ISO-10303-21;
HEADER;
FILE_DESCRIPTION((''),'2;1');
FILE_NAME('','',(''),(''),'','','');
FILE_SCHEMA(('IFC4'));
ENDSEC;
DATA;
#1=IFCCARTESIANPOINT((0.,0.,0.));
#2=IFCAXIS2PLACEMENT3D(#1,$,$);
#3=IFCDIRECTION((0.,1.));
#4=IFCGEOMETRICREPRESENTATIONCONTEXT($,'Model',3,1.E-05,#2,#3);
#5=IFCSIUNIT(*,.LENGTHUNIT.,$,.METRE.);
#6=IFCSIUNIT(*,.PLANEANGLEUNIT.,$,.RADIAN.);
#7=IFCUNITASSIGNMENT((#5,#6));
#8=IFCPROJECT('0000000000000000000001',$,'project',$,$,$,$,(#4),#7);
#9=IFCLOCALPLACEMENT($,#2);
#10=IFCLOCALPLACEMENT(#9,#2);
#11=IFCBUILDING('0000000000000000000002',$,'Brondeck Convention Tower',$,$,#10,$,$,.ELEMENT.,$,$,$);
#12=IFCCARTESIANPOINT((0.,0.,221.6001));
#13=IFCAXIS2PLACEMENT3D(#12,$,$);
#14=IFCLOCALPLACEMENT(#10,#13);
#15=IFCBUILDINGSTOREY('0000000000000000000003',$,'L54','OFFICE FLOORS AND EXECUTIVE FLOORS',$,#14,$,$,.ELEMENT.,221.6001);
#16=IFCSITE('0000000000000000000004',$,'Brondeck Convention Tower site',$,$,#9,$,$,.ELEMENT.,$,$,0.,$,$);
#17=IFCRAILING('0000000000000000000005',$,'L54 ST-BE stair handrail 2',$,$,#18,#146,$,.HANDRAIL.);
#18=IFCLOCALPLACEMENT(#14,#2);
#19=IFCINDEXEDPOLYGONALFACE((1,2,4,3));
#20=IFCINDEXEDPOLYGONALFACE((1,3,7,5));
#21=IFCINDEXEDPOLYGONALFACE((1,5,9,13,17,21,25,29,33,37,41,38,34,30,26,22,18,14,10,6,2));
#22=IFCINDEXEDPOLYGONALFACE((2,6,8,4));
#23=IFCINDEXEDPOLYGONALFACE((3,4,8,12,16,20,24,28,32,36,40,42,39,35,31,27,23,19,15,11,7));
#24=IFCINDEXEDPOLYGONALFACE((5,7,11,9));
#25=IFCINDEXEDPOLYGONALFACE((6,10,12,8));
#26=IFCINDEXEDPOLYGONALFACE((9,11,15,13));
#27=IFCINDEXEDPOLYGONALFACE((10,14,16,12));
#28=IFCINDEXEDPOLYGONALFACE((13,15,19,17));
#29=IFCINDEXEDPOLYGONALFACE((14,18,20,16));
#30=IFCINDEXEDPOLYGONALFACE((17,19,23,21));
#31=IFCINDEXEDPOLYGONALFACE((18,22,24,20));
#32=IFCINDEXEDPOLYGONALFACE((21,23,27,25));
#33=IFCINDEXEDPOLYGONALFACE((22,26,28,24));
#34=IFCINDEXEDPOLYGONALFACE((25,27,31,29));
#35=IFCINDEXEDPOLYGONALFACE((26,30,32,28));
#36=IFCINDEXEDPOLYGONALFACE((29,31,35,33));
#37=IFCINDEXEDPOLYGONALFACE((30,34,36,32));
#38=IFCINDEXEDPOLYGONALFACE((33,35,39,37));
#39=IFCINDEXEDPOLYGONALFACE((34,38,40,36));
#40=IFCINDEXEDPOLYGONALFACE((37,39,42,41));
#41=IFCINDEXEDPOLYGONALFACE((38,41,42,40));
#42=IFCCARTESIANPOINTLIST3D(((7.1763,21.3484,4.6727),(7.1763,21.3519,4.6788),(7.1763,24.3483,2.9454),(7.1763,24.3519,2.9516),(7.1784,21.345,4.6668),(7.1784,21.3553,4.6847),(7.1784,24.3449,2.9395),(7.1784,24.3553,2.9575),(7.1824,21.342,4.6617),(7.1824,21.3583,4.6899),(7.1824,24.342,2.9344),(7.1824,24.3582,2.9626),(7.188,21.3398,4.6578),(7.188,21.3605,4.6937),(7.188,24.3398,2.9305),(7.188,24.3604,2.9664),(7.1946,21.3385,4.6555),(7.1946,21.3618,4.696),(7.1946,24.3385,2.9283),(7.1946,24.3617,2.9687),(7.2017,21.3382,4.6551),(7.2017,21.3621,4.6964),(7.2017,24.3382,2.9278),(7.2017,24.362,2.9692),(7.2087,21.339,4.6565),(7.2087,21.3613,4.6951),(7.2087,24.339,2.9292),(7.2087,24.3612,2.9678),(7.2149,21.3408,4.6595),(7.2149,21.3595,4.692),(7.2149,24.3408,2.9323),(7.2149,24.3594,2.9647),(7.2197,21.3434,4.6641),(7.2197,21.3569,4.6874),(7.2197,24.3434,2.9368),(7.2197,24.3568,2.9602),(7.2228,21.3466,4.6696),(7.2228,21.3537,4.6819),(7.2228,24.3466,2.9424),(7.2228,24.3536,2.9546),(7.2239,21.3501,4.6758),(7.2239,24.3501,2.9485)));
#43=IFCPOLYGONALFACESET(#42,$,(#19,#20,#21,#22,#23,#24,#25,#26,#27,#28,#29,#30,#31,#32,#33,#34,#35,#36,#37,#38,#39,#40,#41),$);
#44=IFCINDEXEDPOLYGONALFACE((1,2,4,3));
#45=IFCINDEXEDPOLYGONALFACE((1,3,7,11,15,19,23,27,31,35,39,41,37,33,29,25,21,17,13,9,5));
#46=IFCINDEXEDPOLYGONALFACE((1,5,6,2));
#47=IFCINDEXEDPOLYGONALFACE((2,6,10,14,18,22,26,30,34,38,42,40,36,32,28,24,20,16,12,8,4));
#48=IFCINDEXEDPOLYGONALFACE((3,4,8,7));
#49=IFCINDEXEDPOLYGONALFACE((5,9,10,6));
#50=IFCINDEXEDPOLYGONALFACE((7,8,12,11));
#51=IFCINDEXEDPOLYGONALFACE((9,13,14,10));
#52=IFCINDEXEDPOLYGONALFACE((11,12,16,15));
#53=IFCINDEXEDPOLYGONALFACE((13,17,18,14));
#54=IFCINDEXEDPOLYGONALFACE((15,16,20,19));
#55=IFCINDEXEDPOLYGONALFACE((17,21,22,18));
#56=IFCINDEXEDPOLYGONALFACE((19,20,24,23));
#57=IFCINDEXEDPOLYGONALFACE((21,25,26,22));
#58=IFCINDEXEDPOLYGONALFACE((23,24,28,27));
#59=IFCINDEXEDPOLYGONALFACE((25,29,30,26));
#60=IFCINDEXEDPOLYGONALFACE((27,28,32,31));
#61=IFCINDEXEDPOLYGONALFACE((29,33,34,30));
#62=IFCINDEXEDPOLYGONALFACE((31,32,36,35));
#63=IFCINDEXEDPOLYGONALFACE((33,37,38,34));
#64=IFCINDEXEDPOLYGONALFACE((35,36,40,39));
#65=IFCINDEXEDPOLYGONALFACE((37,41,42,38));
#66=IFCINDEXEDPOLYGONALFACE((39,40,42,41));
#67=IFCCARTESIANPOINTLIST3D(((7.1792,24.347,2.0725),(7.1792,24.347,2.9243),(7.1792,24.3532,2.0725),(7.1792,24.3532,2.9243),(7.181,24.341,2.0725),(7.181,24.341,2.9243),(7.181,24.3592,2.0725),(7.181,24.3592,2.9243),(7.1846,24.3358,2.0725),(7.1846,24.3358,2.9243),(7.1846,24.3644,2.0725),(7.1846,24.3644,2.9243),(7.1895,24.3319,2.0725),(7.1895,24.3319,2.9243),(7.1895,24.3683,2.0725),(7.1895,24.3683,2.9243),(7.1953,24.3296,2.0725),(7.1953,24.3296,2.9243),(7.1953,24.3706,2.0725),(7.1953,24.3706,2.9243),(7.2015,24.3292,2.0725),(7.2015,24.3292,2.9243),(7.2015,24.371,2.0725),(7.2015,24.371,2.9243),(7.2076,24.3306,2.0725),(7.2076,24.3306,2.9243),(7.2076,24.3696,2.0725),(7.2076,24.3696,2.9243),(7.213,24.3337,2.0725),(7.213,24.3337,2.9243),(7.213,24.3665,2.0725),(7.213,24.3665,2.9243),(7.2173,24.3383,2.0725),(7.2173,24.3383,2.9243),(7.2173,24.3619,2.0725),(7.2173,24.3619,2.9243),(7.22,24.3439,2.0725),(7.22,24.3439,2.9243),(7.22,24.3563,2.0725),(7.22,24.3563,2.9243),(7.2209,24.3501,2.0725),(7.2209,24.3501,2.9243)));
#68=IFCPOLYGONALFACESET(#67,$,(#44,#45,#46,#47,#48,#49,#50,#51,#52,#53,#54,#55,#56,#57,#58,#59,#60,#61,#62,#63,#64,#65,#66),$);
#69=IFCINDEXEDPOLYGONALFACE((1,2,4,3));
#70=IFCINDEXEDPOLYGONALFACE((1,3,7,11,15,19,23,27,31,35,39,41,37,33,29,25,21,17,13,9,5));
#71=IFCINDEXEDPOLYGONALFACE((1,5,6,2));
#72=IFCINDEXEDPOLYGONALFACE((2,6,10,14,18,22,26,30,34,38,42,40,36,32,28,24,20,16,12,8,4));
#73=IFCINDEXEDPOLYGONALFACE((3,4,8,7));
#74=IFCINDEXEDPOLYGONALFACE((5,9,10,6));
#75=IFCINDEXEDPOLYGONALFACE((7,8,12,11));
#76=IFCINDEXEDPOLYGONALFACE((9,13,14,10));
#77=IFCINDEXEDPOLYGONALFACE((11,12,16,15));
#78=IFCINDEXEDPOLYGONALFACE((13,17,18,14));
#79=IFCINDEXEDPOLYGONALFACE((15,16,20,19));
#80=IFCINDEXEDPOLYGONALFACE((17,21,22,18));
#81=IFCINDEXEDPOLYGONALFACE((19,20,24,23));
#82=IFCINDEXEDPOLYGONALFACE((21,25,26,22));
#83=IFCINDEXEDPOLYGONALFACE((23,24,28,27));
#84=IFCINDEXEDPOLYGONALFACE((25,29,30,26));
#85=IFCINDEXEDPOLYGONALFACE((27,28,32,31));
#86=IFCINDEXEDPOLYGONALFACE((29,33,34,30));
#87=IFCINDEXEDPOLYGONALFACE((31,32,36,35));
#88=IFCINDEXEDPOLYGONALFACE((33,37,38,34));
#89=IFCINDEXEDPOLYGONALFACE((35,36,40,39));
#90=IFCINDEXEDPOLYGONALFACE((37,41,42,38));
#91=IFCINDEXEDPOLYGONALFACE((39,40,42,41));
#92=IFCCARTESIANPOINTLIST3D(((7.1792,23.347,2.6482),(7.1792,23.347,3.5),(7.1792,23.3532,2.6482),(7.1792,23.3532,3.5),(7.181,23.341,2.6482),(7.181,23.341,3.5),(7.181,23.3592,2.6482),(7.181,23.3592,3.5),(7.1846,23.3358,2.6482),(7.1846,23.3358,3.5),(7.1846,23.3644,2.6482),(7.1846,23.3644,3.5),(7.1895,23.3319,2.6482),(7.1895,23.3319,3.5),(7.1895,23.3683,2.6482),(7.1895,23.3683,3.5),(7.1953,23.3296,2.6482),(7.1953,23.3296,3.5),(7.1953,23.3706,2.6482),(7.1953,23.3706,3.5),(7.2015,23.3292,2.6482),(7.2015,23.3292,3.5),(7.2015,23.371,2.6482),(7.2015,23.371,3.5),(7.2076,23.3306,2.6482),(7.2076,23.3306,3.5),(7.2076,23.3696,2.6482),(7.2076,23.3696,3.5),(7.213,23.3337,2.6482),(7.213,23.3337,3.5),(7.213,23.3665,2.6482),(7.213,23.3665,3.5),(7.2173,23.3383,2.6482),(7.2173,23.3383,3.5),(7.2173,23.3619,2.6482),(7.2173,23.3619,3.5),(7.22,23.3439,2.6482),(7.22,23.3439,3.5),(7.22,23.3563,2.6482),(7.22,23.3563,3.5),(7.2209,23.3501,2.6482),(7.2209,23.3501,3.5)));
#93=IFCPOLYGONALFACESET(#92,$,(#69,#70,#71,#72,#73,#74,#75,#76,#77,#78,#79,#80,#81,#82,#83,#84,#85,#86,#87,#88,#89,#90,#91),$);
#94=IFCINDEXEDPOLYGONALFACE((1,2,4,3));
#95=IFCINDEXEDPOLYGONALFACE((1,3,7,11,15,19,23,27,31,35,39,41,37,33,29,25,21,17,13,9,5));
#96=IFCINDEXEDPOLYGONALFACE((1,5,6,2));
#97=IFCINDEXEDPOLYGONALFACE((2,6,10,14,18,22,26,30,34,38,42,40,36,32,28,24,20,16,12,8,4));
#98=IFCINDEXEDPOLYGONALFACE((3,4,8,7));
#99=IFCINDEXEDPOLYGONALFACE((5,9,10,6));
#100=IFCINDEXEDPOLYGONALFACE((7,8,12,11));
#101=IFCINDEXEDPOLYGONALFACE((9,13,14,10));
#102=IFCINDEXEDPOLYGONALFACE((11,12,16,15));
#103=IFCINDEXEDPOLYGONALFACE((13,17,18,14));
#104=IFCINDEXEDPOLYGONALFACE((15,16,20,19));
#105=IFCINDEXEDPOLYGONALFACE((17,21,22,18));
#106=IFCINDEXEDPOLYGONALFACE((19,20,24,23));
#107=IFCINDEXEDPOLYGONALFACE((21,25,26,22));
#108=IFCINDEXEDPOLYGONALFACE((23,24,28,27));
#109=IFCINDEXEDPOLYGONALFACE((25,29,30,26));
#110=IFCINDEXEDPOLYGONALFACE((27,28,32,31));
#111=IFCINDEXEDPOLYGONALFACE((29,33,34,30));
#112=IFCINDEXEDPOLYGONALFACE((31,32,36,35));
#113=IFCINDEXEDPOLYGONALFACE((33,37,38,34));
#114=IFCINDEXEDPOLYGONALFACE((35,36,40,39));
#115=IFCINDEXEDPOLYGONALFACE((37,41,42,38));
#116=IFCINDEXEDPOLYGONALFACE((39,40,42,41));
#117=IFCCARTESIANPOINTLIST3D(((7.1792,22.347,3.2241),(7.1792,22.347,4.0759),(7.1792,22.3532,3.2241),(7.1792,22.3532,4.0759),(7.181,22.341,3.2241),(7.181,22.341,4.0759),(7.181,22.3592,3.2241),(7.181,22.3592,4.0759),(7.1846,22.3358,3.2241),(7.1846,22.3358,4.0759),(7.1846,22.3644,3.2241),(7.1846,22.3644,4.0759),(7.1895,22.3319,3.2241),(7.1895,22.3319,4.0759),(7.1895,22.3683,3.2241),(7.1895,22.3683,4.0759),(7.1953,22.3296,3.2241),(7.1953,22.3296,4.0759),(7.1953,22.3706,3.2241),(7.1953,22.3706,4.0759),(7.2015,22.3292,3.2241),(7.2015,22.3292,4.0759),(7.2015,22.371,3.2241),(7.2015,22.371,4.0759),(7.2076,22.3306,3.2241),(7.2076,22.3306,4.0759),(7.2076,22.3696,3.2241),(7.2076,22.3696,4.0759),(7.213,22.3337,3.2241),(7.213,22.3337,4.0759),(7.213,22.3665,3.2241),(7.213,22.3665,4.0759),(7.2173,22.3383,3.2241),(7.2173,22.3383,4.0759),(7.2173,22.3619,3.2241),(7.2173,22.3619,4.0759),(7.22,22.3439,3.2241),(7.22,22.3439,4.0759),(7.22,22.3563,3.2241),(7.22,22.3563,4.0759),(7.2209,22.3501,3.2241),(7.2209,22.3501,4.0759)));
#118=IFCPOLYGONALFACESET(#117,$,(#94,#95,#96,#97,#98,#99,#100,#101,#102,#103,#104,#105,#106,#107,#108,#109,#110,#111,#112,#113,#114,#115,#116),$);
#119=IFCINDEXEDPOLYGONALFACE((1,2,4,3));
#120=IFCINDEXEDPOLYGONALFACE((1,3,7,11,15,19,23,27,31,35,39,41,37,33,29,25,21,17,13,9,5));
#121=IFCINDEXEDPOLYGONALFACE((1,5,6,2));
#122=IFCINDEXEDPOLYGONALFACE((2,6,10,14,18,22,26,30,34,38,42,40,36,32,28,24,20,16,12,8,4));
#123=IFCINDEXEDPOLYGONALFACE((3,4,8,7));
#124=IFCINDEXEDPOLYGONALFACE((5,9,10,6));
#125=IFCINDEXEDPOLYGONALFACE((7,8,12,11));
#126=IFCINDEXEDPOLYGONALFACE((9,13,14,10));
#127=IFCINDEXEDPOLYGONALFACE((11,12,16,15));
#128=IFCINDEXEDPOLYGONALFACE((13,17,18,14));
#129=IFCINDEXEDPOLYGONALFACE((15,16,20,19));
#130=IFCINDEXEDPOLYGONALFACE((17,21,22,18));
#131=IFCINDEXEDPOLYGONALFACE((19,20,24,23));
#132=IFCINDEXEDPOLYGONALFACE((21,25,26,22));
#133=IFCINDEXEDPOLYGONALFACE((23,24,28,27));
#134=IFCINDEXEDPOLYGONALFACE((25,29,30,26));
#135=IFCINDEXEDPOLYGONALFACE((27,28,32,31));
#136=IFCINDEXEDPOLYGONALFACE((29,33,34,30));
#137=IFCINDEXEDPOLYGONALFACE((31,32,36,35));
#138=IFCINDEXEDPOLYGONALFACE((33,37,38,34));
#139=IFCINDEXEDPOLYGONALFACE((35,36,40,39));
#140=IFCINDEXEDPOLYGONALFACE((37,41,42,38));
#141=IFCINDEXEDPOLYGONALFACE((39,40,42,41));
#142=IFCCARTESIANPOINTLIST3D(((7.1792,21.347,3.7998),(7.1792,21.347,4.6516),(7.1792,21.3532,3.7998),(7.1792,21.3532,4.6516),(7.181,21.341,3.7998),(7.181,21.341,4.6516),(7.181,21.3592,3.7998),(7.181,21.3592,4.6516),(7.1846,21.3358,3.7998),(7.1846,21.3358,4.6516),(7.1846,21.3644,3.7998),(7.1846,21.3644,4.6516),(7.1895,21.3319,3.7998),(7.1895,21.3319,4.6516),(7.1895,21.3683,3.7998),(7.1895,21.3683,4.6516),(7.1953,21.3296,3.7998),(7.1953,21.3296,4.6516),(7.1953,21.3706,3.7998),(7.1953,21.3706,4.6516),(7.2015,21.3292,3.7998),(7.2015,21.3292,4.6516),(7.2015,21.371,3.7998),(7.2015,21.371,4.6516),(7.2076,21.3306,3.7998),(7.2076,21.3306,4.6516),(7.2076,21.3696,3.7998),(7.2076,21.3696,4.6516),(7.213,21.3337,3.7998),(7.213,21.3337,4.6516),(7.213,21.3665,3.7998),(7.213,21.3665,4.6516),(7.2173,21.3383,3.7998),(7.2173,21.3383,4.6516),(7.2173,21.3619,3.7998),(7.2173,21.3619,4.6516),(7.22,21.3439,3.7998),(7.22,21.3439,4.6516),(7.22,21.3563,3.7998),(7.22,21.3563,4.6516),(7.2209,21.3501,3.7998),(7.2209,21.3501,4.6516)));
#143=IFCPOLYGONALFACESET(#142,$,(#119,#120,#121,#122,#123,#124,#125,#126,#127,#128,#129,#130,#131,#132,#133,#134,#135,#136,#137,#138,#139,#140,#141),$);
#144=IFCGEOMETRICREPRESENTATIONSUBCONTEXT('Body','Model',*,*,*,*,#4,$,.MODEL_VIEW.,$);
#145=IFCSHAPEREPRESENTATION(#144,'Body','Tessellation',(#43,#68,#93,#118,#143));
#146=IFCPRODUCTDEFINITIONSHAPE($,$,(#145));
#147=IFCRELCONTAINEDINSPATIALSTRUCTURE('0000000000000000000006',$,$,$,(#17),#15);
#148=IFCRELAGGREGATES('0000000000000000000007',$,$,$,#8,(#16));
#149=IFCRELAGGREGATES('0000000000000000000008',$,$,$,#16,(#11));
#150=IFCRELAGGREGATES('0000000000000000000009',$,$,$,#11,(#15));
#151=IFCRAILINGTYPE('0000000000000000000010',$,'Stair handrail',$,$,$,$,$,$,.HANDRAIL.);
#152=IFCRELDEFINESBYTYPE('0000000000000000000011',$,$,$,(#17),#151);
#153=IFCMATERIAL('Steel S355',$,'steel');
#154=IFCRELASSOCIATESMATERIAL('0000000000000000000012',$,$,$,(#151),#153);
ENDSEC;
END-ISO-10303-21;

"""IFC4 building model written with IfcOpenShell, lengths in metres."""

from ifc_helpers import new_model, si_unit, direction, frame, origin, origin_2d, place, context, subcontext, project, spatial, circle, extrude, material, type_object, element, save


model = new_model("IFC4")

# Units and contexts
model_context = context("Model", 3, precision=1e-05, world=origin(), true_north=direction((0.0, 1.0)))
body_context = subcontext(model_context, "Body", "Model", "MODEL_VIEW")
ifc_project = project(units=[si_unit("LENGTHUNIT", "METRE"), si_unit("PLANEANGLEUNIT", "RADIAN")], contexts=[model_context])

# Site, building, storey
site_placement = place(None, origin())
site = spatial("IfcSite", under=ifc_project, at=site_placement, Name="Brondeck Convention Tower site", CompositionType="ELEMENT", RefElevation=0.0)
building_placement = place(site_placement, origin())
building = spatial("IfcBuilding", under=site, at=building_placement, Name="Brondeck Convention Tower", CompositionType="ELEMENT")
storey_placement = place(building_placement, frame((0.0, 0.0, 221.6001)))
storey = spatial("IfcBuildingStorey", under=building, at=storey_placement, Name="L54", Description="OFFICE FLOORS AND EXECUTIVE FLOORS", CompositionType="ELEMENT", Elevation=221.6001)

# Shared definitions
ifc_material_1 = material(Name="Steel S355", Category="steel")

# Railing
railing_type_1 = type_object("IfcRailingType", Name="Stair handrail", PredefinedType="HANDRAIL", material=ifc_material_1)
railing_1_placement = place(storey_placement, frame((7.2, 24.3501, 2.0725)))
element("IfcRailing", 1, at=railing_1_placement, inside=storey, type_object=railing_type_1, Name="L54 ST-BE stair handrail 2", PredefinedType="HANDRAIL", context=body_context, shape_type="SweptSolid", body=[
    extrude(circle(Radius=0.0239, at=origin_2d()), frame((0.0, 0.0, 0.876), z_axis=(0.0, -0.86662, 0.498969), x_axis=(1.0, 0.0, 0.0)), (0.0, 0.0, 1.0), 3.4617),
    extrude(circle(Radius=0.021, at=origin_2d()), origin(), (0.0, 0.0, 1.0), 0.8518),
    extrude(circle(Radius=0.021, at=origin_2d()), frame((0.0, -1.0, 0.5757)), (0.0, 0.0, 1.0), 0.8518),
    extrude(circle(Radius=0.021, at=origin_2d()), frame((0.0, -2.0, 1.1516)), (0.0, 0.0, 1.0), 0.8518),
    extrude(circle(Radius=0.021, at=origin_2d()), frame((0.0, -3.0, 1.7273)), (0.0, 0.0, 1.0), 0.8518),
])

save(model, "model.ifc")
